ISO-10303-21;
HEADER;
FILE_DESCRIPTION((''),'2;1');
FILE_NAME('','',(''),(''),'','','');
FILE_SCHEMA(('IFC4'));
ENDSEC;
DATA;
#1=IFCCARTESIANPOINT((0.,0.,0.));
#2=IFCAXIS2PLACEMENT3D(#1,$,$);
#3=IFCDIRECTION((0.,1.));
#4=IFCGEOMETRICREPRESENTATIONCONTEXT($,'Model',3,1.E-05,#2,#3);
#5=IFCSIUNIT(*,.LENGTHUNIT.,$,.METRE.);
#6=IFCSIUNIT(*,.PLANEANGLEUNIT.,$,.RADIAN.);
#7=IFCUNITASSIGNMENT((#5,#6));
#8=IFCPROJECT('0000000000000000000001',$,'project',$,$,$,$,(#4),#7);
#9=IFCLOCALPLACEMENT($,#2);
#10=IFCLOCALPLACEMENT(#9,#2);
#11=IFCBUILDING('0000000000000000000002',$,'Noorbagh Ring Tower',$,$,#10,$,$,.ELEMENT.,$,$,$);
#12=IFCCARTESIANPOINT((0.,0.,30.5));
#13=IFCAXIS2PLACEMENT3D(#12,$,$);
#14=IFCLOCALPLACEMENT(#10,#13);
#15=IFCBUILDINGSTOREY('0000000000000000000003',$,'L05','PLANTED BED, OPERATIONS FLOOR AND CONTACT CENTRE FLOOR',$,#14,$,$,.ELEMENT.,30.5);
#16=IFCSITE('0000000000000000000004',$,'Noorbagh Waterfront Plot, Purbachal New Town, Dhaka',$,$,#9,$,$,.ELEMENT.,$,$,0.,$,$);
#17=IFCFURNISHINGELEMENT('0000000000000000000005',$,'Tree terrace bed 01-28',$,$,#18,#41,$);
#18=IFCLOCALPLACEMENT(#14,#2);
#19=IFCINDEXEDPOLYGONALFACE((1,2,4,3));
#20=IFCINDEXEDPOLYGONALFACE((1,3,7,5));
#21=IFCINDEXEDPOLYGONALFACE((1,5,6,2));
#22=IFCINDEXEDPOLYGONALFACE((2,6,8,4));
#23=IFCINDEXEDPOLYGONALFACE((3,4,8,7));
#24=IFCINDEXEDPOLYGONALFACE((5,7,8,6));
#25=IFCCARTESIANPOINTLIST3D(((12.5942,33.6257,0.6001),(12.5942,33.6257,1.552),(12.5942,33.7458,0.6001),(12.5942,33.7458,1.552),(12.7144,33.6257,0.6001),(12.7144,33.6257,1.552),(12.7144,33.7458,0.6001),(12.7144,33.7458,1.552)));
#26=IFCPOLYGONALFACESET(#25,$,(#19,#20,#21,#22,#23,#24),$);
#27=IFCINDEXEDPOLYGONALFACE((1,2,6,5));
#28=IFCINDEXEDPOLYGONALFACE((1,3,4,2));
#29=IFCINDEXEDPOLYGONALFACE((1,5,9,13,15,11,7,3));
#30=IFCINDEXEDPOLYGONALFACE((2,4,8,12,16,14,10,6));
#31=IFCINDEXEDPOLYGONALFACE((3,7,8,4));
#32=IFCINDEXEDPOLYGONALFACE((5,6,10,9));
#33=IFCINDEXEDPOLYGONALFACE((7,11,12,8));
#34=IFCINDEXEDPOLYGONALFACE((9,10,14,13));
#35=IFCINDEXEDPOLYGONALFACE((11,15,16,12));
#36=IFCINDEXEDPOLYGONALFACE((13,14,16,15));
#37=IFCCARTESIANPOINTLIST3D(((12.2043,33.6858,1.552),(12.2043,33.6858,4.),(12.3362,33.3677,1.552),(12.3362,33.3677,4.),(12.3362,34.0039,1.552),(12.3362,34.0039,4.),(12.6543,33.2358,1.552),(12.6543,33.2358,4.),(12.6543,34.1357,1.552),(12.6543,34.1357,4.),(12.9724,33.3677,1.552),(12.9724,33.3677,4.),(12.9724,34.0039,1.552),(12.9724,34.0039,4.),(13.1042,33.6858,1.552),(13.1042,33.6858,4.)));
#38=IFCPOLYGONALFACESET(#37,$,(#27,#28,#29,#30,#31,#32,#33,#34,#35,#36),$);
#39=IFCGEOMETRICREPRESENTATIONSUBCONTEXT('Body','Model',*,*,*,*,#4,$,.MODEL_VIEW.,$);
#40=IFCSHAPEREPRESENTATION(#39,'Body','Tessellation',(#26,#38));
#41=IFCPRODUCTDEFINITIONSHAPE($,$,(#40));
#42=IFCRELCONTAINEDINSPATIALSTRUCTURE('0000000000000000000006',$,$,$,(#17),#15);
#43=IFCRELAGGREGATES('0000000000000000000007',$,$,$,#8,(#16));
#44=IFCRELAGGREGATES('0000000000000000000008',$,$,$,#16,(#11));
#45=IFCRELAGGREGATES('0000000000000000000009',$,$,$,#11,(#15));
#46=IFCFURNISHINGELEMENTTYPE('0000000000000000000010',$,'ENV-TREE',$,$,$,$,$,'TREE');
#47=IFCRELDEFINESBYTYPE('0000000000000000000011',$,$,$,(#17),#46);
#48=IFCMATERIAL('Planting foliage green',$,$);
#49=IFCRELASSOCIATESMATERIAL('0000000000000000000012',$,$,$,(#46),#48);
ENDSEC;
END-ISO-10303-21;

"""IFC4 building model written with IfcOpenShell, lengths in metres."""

from ifc_helpers import new_model, si_unit, direction, frame, origin, origin_2d, place, context, subcontext, project, spatial, polyline, rectangle, outline, extrude, material, type_object, element, save


model = new_model("IFC4")

# Units and contexts
model_context = context("Model", 3, precision=1e-05, world=origin(), true_north=direction((0.0, 1.0)))
body_context = subcontext(model_context, "Body", "Model", "MODEL_VIEW")
ifc_project = project(units=[si_unit("LENGTHUNIT", "METRE"), si_unit("PLANEANGLEUNIT", "RADIAN")], contexts=[model_context])

# Site, building, storey
site_placement = place(None, origin())
site = spatial("IfcSite", under=ifc_project, at=site_placement, Name="Noorbagh Waterfront Plot, Purbachal New Town, Dhaka", CompositionType="ELEMENT", RefElevation=0.0)
building_placement = place(site_placement, origin())
building = spatial("IfcBuilding", under=site, at=building_placement, Name="Noorbagh Ring Tower", CompositionType="ELEMENT")
storey_placement = place(building_placement, frame((0.0, 0.0, 30.5)))
storey = spatial("IfcBuildingStorey", under=building, at=storey_placement, Name="L05", Description="PLANTED BED, OPERATIONS FLOOR AND CONTACT CENTRE FLOOR", CompositionType="ELEMENT", Elevation=30.5)

# Furnishing element
ifc_material_1 = material(Name="Planting foliage green")
furnishing_element_type = type_object("IfcFurnishingElementType", Name="ENV-TREE", ElementType="TREE", material=ifc_material_1)
furnishing_placement = place(storey_placement, frame((12.6543, 33.6858, 0.6001), z_axis=(0.0, 0.0, 1.0), x_axis=(1.0, 0.0, 0.0)))
element("IfcFurnishingElement", 1, at=furnishing_placement, inside=storey, type_object=furnishing_element_type, Name="Tree terrace bed 01-28", context=body_context, shape_type="SweptSolid", body=[
    extrude(rectangle(XDim=0.1201, YDim=0.1201, at=origin_2d()), origin(), (0.0, 0.0, 1.0), 0.9519),
    extrude(outline(polyline([(0.45, 0.0), (0.3181, 0.3181), (0.0, 0.45), (-0.3181, 0.3181), (-0.45, 0.0), (-0.3181, -0.3181), (0.0, -0.45), (0.3181, -0.3181), (0.45, 0.0)])), frame((0.0, 0.0, 0.9519)), (0.0, 0.0, 1.0), 2.448),
])

save(model, "model.ifc")
